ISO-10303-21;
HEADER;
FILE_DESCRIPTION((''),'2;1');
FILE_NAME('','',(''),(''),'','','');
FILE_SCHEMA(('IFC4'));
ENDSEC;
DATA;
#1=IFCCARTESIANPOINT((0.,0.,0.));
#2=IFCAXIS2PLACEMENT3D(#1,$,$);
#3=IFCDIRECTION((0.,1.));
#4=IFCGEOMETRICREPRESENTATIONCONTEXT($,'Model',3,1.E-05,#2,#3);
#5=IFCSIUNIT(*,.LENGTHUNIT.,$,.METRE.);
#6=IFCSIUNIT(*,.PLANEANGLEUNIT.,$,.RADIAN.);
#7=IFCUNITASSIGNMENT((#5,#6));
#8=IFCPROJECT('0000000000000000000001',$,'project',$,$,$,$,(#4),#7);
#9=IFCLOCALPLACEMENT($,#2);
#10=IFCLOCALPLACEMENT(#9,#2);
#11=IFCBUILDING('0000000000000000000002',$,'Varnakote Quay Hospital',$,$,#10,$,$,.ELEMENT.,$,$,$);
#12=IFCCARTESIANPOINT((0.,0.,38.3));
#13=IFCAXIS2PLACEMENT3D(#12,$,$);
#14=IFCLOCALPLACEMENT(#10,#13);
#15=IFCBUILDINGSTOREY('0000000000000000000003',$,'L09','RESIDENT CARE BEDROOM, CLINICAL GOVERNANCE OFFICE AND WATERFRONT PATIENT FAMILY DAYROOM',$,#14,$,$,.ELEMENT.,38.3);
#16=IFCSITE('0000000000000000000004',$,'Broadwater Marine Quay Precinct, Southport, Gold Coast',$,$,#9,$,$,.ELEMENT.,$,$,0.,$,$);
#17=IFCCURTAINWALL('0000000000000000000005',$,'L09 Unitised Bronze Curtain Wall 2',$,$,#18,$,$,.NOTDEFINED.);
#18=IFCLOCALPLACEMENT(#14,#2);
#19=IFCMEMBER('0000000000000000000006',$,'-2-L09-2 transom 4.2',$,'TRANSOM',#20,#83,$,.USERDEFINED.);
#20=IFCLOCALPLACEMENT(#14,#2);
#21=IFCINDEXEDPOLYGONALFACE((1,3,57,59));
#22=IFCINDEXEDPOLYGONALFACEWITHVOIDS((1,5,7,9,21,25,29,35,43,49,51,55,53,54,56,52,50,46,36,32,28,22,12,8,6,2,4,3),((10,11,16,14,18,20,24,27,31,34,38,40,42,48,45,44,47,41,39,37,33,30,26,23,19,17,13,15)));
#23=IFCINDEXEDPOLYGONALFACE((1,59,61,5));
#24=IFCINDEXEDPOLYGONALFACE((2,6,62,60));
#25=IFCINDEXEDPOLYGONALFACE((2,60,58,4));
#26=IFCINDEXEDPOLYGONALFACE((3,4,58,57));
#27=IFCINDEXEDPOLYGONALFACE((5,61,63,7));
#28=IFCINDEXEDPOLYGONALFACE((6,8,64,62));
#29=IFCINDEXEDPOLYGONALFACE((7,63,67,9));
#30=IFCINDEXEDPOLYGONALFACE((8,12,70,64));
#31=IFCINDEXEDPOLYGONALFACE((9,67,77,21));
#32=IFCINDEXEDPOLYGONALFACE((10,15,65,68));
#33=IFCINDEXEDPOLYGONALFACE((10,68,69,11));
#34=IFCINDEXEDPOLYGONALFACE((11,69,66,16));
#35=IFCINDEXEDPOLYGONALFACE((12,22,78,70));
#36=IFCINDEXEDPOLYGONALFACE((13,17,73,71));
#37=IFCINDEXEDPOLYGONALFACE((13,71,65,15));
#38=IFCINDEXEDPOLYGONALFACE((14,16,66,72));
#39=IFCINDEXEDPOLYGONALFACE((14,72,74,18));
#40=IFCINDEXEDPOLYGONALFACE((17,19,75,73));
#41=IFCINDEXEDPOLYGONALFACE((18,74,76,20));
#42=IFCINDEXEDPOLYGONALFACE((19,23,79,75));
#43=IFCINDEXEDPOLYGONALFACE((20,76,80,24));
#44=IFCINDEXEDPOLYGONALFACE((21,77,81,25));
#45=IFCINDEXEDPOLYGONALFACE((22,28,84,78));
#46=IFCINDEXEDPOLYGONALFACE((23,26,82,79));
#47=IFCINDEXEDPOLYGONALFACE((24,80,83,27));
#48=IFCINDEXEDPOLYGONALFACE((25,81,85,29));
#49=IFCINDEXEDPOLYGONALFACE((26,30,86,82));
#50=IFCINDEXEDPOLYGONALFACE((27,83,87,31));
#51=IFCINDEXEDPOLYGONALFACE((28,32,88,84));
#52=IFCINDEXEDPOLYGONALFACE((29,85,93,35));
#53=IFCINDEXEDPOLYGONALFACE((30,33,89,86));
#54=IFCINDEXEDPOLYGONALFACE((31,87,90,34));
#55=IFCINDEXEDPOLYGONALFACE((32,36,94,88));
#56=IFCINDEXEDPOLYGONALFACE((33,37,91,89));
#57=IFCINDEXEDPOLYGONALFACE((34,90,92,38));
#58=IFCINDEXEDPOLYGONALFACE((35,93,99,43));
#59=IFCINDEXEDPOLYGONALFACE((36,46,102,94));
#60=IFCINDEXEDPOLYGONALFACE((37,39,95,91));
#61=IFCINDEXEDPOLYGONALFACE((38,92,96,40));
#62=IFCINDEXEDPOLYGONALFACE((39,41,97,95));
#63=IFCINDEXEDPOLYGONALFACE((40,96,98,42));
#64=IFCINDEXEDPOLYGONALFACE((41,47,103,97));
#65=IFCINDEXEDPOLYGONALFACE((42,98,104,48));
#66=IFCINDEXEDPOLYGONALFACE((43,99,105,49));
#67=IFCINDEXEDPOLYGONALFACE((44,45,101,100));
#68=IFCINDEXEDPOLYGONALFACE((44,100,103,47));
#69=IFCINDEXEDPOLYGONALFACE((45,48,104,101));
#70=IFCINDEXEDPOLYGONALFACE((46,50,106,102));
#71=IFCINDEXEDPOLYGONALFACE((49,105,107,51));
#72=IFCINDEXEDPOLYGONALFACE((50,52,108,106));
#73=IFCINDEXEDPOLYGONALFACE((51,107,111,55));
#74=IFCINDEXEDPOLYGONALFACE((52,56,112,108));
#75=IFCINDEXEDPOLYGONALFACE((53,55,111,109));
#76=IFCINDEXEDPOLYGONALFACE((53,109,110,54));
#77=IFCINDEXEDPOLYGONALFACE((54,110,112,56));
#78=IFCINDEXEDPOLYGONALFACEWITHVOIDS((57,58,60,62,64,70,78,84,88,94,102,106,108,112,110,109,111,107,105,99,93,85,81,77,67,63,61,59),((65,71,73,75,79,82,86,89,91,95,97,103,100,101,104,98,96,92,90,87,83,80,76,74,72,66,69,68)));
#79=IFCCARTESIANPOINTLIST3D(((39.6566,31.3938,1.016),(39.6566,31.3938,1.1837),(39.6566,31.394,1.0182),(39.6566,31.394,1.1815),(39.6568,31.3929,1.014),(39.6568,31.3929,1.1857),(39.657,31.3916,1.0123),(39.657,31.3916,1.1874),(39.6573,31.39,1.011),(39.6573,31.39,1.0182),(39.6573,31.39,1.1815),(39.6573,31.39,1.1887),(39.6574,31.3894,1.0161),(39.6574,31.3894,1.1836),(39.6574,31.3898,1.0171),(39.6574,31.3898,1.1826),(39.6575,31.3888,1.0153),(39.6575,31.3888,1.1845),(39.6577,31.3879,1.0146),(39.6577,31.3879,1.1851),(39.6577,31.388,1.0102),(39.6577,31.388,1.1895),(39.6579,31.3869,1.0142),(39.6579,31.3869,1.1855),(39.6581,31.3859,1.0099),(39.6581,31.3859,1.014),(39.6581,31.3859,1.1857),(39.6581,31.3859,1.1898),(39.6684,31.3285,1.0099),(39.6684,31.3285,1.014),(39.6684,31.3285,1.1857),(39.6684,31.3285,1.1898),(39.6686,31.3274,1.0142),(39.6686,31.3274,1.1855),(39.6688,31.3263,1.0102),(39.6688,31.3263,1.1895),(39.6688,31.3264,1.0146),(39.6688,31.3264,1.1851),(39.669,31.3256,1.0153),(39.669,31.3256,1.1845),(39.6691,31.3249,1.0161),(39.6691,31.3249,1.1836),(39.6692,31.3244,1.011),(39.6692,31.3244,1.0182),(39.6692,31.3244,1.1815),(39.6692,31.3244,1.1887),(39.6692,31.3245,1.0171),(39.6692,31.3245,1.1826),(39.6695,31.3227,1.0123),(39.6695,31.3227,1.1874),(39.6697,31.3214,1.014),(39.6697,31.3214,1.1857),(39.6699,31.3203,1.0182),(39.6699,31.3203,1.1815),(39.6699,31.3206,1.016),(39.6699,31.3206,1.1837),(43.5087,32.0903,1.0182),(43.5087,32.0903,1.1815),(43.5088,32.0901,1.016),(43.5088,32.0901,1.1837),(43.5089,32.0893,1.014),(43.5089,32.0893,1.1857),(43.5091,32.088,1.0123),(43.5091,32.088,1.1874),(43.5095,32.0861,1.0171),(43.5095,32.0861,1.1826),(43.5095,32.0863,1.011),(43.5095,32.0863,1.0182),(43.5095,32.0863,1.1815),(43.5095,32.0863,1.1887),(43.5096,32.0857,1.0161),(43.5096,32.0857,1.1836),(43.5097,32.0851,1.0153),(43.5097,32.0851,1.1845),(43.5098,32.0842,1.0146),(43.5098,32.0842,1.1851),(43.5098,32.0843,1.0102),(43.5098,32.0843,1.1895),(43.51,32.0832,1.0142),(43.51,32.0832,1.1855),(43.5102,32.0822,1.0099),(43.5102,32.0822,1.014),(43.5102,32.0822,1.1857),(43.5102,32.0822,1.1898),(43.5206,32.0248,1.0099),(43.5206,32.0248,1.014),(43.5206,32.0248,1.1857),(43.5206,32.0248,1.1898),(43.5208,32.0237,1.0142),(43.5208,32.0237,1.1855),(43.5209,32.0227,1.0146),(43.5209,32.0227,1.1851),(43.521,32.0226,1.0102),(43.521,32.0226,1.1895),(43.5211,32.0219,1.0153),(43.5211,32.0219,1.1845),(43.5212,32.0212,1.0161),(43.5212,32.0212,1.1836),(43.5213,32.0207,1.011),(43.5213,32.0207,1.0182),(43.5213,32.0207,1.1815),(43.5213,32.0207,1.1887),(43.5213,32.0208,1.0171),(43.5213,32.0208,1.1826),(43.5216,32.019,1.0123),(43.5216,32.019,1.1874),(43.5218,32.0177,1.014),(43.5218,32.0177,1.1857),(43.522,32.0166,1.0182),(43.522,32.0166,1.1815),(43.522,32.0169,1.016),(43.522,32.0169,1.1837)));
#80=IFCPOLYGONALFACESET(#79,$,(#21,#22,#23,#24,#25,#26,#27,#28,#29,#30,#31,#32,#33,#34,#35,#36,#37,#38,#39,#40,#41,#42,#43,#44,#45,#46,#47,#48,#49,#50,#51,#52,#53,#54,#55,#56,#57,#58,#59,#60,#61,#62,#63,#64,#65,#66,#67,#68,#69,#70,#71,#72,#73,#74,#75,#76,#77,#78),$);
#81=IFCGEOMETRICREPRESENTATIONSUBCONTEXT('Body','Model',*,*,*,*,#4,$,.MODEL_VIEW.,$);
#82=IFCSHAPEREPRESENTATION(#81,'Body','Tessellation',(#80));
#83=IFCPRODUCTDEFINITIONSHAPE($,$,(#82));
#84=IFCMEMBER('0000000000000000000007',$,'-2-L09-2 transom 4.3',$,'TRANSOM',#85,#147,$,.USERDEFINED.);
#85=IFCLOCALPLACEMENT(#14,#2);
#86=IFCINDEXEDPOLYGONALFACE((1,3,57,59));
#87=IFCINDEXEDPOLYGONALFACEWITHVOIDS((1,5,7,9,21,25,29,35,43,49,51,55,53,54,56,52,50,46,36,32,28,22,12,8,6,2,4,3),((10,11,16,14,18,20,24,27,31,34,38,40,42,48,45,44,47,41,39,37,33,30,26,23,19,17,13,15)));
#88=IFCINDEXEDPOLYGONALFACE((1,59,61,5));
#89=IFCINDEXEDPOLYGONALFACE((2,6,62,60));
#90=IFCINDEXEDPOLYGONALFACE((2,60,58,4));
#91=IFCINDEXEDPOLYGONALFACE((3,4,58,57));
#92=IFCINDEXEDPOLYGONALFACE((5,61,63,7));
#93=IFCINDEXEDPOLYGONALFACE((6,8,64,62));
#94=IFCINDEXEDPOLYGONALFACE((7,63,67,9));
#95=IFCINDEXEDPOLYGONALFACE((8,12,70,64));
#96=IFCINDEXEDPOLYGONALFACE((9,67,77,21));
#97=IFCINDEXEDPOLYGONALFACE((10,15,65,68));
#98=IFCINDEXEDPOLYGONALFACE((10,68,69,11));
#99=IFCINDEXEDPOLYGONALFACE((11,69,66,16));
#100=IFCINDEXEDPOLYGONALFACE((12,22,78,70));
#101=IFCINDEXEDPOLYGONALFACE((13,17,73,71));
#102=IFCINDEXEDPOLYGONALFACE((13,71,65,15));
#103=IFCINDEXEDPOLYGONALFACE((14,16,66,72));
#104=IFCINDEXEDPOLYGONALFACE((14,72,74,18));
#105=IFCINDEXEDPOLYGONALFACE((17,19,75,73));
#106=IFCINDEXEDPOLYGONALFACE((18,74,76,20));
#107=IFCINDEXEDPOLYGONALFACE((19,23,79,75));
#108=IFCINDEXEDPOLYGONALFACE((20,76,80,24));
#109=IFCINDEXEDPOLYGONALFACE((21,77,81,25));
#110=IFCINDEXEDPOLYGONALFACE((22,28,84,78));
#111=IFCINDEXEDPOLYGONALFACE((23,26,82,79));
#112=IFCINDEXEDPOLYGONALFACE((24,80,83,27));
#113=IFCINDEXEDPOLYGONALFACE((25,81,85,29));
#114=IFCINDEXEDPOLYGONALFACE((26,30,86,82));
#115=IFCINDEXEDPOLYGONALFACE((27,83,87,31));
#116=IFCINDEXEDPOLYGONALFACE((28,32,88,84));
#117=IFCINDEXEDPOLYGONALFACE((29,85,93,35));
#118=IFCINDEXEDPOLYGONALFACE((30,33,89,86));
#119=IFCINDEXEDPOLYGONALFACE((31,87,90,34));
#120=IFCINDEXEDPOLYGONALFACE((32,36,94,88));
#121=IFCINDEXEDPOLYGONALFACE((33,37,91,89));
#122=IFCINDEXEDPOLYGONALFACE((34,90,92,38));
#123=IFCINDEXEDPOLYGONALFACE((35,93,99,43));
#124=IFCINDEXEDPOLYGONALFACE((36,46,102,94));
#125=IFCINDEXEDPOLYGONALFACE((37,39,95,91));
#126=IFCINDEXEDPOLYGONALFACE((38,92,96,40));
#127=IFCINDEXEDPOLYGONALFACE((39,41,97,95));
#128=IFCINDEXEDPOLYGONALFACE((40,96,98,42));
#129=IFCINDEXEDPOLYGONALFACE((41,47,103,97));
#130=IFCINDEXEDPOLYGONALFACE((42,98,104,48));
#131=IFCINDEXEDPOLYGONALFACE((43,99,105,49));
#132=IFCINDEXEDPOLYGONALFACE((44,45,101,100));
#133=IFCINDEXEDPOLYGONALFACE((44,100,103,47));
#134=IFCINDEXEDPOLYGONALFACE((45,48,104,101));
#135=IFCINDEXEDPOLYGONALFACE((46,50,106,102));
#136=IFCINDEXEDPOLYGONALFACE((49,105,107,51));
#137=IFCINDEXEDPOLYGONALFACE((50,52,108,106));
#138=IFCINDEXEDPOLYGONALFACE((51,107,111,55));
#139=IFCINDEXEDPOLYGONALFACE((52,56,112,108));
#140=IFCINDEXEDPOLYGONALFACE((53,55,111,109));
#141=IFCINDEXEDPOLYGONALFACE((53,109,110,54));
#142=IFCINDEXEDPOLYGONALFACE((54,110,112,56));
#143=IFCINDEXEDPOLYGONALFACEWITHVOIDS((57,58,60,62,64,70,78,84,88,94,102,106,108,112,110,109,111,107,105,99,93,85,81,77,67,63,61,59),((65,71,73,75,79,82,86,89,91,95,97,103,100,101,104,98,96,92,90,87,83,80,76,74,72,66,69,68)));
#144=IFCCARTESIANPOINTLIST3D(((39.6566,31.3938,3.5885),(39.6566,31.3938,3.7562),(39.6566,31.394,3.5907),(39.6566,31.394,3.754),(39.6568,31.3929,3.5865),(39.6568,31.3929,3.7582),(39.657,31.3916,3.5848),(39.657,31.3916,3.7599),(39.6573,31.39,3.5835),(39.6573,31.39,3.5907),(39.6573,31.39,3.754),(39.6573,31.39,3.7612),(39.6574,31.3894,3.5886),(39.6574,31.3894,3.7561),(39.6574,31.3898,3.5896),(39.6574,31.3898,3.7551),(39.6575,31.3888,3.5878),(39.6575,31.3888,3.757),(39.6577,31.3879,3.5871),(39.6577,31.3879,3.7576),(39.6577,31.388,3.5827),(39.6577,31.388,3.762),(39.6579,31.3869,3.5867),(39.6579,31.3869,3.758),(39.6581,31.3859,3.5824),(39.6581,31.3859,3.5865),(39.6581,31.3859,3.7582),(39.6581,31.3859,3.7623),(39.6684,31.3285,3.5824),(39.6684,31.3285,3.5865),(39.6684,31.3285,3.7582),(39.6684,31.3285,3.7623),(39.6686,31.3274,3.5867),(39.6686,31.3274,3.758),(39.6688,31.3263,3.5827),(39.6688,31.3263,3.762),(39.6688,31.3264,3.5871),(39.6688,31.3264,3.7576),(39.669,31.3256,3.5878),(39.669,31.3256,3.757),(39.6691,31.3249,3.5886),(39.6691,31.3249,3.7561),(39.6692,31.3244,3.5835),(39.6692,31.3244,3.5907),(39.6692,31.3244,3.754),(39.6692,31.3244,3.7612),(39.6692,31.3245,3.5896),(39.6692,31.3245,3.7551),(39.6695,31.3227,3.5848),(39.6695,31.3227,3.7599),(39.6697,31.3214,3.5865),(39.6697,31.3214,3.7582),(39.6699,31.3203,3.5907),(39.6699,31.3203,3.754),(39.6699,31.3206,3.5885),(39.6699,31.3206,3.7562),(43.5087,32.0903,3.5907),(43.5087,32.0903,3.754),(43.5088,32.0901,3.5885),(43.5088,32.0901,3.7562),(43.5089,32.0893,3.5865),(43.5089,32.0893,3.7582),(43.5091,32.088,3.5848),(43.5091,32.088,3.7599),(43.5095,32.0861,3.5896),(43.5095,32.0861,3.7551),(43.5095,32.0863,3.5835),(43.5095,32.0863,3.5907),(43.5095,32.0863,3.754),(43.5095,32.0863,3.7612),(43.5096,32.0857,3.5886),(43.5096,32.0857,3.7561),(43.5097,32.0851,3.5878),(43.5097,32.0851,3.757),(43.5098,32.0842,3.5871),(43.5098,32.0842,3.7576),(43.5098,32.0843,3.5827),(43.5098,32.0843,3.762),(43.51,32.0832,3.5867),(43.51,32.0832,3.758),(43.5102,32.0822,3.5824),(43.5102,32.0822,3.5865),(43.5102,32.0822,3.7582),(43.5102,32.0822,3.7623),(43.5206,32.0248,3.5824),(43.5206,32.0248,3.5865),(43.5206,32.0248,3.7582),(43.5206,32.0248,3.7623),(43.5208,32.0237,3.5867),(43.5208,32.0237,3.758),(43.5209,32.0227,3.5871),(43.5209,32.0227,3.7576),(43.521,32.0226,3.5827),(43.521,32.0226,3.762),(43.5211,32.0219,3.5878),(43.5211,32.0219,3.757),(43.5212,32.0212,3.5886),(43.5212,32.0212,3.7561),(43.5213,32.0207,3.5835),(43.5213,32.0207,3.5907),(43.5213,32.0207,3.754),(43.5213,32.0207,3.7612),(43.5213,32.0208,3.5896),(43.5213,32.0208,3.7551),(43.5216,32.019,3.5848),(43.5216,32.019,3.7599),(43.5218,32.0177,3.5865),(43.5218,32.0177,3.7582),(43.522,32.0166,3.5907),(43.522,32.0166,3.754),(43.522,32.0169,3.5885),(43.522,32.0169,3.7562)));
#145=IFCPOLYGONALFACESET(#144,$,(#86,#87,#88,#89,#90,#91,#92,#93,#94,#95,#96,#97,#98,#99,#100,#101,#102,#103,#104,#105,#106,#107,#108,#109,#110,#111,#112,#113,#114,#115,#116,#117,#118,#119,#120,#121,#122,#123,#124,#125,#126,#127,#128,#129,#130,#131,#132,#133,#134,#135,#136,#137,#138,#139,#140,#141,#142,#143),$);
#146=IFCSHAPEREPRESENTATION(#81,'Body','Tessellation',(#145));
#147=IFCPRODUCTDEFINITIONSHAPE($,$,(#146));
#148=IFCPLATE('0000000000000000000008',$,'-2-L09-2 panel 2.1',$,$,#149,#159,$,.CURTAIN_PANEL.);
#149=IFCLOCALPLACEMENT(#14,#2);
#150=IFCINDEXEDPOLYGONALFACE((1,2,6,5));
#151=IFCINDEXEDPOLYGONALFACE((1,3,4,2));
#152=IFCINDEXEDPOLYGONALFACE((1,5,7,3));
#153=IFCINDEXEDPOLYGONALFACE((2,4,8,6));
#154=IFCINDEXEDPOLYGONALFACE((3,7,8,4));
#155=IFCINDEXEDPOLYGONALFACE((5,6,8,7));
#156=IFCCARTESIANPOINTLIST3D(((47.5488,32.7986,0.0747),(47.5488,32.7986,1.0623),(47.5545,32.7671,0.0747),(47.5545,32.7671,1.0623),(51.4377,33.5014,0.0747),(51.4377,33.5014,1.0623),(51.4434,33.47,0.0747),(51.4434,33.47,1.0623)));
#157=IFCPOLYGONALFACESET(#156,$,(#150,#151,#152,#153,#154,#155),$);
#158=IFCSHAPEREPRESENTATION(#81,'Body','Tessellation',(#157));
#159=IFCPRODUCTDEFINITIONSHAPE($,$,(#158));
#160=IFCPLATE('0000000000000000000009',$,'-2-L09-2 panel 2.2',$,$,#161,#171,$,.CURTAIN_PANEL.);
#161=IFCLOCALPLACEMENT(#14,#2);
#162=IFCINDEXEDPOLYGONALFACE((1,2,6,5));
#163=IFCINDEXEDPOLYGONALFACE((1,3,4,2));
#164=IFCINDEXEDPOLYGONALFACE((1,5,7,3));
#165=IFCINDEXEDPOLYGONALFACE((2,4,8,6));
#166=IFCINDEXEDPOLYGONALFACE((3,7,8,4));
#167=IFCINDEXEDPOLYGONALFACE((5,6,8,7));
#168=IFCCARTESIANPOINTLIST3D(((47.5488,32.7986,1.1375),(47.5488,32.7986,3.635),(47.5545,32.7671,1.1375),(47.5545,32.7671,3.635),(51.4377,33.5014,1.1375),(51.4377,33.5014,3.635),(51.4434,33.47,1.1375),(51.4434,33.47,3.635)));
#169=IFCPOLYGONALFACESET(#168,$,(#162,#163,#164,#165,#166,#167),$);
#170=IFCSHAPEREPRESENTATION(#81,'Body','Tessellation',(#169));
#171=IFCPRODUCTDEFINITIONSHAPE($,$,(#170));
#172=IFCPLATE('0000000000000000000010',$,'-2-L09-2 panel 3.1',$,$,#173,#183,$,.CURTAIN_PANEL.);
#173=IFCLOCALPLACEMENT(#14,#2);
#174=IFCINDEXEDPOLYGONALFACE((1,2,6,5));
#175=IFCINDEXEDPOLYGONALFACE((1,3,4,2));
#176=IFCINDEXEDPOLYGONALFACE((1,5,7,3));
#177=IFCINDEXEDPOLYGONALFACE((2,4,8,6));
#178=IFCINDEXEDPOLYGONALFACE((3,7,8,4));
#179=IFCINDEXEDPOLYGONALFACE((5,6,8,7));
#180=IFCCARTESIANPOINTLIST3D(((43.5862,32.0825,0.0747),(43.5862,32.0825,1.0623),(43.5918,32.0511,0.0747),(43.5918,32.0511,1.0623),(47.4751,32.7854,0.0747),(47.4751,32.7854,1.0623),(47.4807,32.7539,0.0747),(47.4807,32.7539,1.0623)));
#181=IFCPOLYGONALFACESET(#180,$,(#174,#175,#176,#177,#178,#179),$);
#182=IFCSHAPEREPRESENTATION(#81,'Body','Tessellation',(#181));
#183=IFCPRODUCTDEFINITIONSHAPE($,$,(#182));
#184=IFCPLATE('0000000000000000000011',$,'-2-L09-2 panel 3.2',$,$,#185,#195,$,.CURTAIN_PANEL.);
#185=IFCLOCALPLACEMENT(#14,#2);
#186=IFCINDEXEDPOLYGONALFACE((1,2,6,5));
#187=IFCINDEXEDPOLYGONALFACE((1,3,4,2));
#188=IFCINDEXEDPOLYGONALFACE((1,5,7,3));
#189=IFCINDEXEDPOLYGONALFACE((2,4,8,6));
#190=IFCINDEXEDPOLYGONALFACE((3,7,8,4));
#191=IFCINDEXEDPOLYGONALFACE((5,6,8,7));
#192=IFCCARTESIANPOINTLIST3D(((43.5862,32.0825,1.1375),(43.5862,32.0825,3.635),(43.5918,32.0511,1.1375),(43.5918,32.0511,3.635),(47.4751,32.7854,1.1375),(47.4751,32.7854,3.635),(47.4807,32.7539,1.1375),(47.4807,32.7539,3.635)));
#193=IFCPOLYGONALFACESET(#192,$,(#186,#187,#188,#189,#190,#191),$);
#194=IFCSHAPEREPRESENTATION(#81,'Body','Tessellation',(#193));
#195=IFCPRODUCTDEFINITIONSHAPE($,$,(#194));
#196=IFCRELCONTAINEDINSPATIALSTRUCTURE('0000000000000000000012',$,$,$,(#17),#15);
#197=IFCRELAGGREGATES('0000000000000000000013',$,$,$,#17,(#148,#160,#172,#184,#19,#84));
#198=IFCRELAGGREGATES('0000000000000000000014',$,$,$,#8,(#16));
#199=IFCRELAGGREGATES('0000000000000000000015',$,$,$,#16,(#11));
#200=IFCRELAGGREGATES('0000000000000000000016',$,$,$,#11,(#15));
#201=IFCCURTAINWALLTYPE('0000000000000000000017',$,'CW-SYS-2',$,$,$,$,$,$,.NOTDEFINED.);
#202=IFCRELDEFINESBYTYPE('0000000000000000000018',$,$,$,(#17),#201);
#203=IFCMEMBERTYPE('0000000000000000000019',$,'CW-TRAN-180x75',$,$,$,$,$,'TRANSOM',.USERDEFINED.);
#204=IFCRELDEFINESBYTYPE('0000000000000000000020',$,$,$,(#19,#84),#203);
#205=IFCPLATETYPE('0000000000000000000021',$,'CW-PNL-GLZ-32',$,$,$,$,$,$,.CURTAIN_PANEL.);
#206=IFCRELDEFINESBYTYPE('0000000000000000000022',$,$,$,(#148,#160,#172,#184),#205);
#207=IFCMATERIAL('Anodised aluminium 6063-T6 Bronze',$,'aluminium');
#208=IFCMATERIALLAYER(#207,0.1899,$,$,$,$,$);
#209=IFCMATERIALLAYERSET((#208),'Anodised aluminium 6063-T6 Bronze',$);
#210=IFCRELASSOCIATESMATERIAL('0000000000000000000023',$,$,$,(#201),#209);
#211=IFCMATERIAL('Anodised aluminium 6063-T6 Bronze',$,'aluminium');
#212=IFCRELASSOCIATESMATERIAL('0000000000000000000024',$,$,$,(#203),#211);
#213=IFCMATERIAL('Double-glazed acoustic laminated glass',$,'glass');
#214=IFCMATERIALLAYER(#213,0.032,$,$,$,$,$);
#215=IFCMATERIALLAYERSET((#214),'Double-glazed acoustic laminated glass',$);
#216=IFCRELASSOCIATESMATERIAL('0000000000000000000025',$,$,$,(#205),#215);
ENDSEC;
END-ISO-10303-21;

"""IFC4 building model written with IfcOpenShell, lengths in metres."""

from ifc_helpers import new_model, si_unit, direction, frame, origin, origin_2d, place, context, subcontext, project, spatial, rectangle, hollow_rectangle, extrude, material, layer, layer_set, material_profile, profile_set, type_object, element, aggregate, save


model = new_model("IFC4")

# Units and contexts
model_context = context("Model", 3, precision=1e-05, world=origin(), true_north=direction((0.0, 1.0)))
body_context = subcontext(model_context, "Body", "Model", "MODEL_VIEW")
ifc_project = project(units=[si_unit("LENGTHUNIT", "METRE"), si_unit("PLANEANGLEUNIT", "RADIAN")], contexts=[model_context])

# Site, building, storey
site_placement = place(None, origin())
site = spatial("IfcSite", under=ifc_project, at=site_placement, Name="Broadwater Marine Quay Precinct, Southport, Gold Coast", CompositionType="ELEMENT", RefElevation=0.0)
building_placement = place(site_placement, origin())
building = spatial("IfcBuilding", under=site, at=building_placement, Name="Varnakote Quay Hospital", CompositionType="ELEMENT")
storey_placement = place(building_placement, frame((0.0, 0.0, 38.3)))
storey = spatial("IfcBuildingStorey", under=building, at=storey_placement, Name="L09", Description="RESIDENT CARE BEDROOM, CLINICAL GOVERNANCE OFFICE AND WATERFRONT PATIENT FAMILY DAYROOM", CompositionType="ELEMENT", Elevation=38.3)

# Curtain wall, members, plates
ifc_material_1 = material(Name="Anodised aluminium 6063-T6 Bronze", Category="aluminium")
ifc_layer_1 = layer(ifc_material_1, 0.1899)
ifc_layer_set_1 = layer_set([ifc_layer_1], Name="Anodised aluminium 6063-T6 Bronze")
curtain_wall_type = type_object("IfcCurtainWallType", Name="CW-SYS-2", PredefinedType="NOTDEFINED", material=ifc_layer_set_1)
curtain_wall_placement = place(storey_placement, origin())
curtain_wall = element("IfcCurtainWall", 1, at=curtain_wall_placement, inside=storey, type_object=curtain_wall_type, Name="L09 Unitised Bronze Curtain Wall 2", PredefinedType="NOTDEFINED")
ifc_material_2 = material(Name="Anodised aluminium 6063-T6 Bronze", Category="aluminium")
ifc_material_profile_1 = material_profile(ifc_material_2, hollow_rectangle(XDim=0.075, YDim=0.1799, WallThickness=0.0042, InnerFilletRadius=0.0042, OuterFilletRadius=0.0083, at=origin_2d()), Name="CW-TRAN-180x75")
ifc_profile_set_1 = profile_set([ifc_material_profile_1], Name="Anodised aluminium 6063-T6 Bronze")
member_type_1 = type_object("IfcMemberType", Name="CW-TRAN-180x75", ElementType="TRANSOM", PredefinedType="USERDEFINED", material=ifc_profile_set_1)
member_1_placement = place(storey_placement, frame((43.5154, 32.0535, 1.0999), z_axis=(-0.984053, -0.177875, 0.0), x_axis=(0.177875, -0.984053, 0.0)))
member_1 = element("IfcMember", 2, at=member_1_placement, type_object=member_type_1, Name="-2-L09-2 transom 4.2", ObjectType="TRANSOM", PredefinedType="USERDEFINED", context=body_context, shape_type="SweptSolid", body=[
    extrude(hollow_rectangle(XDim=0.075, YDim=0.1799, WallThickness=0.0042, InnerFilletRadius=0.0042, OuterFilletRadius=0.0083, at=origin_2d()), origin(), (0.0, 0.0, 1.0), 3.9146),
])
member_2_placement = place(storey_placement, frame((43.5154, 32.0535, 3.6724), z_axis=(-0.984053, -0.177875, 0.0), x_axis=(0.177875, -0.984053, 0.0)))
member_2 = element("IfcMember", 3, at=member_2_placement, type_object=member_type_1, Name="-2-L09-2 transom 4.3", ObjectType="TRANSOM", PredefinedType="USERDEFINED", context=body_context, shape_type="SweptSolid", body=[
    extrude(hollow_rectangle(XDim=0.075, YDim=0.1799, WallThickness=0.0042, InnerFilletRadius=0.0042, OuterFilletRadius=0.0083, at=origin_2d()), origin(), (0.0, 0.0, 1.0), 3.9146),
])
ifc_material_3 = material(Name="Double-glazed acoustic laminated glass", Category="glass")
ifc_layer_2 = layer(ifc_material_3, 0.032)
ifc_layer_set_2 = layer_set([ifc_layer_2], Name="Double-glazed acoustic laminated glass")
plate_type = type_object("IfcPlateType", Name="CW-PNL-GLZ-32", PredefinedType="CURTAIN_PANEL", material=ifc_layer_set_2)
plate_1_placement = place(storey_placement, frame((49.4961, 33.1343, 0.0747), z_axis=(0.0, 0.0, 1.0), x_axis=(-0.984058, -0.177846, 0.0)))
plate_1 = element("IfcPlate", 4, at=plate_1_placement, type_object=plate_type, Name="-2-L09-2 panel 2.1", PredefinedType="CURTAIN_PANEL", context=body_context, shape_type="SweptSolid", body=[
    extrude(rectangle(XDim=3.9519, YDim=0.032, at=origin_2d()), origin(), (0.0, 0.0, 1.0), 0.9875),
])
plate_2_placement = place(storey_placement, frame((49.4961, 33.1343, 1.1375), z_axis=(0.0, 0.0, 1.0), x_axis=(-0.984058, -0.177846, 0.0)))
plate_2 = element("IfcPlate", 5, at=plate_2_placement, type_object=plate_type, Name="-2-L09-2 panel 2.2", PredefinedType="CURTAIN_PANEL", context=body_context, shape_type="SweptSolid", body=[
    extrude(rectangle(XDim=3.9519, YDim=0.032, at=origin_2d()), origin(), (0.0, 0.0, 1.0), 2.4976),
])
plate_3_placement = place(storey_placement, frame((45.5334, 32.4182, 0.0747), z_axis=(0.0, 0.0, 1.0), x_axis=(-0.984058, -0.177846, 0.0)))
plate_3 = element("IfcPlate", 6, at=plate_3_placement, type_object=plate_type, Name="-2-L09-2 panel 3.1", PredefinedType="CURTAIN_PANEL", context=body_context, shape_type="SweptSolid", body=[
    extrude(rectangle(XDim=3.9519, YDim=0.032, at=origin_2d()), origin(), (0.0, 0.0, 1.0), 0.9875),
])
plate_4_placement = place(storey_placement, frame((45.5334, 32.4182, 1.1375), z_axis=(0.0, 0.0, 1.0), x_axis=(-0.984058, -0.177846, 0.0)))
plate_4 = element("IfcPlate", 7, at=plate_4_placement, type_object=plate_type, Name="-2-L09-2 panel 3.2", PredefinedType="CURTAIN_PANEL", context=body_context, shape_type="SweptSolid", body=[
    extrude(rectangle(XDim=3.9519, YDim=0.032, at=origin_2d()), origin(), (0.0, 0.0, 1.0), 2.4976),
])
aggregate(curtain_wall, [plate_1, plate_2, plate_3, plate_4, member_1, member_2])

save(model, "model.ifc")
